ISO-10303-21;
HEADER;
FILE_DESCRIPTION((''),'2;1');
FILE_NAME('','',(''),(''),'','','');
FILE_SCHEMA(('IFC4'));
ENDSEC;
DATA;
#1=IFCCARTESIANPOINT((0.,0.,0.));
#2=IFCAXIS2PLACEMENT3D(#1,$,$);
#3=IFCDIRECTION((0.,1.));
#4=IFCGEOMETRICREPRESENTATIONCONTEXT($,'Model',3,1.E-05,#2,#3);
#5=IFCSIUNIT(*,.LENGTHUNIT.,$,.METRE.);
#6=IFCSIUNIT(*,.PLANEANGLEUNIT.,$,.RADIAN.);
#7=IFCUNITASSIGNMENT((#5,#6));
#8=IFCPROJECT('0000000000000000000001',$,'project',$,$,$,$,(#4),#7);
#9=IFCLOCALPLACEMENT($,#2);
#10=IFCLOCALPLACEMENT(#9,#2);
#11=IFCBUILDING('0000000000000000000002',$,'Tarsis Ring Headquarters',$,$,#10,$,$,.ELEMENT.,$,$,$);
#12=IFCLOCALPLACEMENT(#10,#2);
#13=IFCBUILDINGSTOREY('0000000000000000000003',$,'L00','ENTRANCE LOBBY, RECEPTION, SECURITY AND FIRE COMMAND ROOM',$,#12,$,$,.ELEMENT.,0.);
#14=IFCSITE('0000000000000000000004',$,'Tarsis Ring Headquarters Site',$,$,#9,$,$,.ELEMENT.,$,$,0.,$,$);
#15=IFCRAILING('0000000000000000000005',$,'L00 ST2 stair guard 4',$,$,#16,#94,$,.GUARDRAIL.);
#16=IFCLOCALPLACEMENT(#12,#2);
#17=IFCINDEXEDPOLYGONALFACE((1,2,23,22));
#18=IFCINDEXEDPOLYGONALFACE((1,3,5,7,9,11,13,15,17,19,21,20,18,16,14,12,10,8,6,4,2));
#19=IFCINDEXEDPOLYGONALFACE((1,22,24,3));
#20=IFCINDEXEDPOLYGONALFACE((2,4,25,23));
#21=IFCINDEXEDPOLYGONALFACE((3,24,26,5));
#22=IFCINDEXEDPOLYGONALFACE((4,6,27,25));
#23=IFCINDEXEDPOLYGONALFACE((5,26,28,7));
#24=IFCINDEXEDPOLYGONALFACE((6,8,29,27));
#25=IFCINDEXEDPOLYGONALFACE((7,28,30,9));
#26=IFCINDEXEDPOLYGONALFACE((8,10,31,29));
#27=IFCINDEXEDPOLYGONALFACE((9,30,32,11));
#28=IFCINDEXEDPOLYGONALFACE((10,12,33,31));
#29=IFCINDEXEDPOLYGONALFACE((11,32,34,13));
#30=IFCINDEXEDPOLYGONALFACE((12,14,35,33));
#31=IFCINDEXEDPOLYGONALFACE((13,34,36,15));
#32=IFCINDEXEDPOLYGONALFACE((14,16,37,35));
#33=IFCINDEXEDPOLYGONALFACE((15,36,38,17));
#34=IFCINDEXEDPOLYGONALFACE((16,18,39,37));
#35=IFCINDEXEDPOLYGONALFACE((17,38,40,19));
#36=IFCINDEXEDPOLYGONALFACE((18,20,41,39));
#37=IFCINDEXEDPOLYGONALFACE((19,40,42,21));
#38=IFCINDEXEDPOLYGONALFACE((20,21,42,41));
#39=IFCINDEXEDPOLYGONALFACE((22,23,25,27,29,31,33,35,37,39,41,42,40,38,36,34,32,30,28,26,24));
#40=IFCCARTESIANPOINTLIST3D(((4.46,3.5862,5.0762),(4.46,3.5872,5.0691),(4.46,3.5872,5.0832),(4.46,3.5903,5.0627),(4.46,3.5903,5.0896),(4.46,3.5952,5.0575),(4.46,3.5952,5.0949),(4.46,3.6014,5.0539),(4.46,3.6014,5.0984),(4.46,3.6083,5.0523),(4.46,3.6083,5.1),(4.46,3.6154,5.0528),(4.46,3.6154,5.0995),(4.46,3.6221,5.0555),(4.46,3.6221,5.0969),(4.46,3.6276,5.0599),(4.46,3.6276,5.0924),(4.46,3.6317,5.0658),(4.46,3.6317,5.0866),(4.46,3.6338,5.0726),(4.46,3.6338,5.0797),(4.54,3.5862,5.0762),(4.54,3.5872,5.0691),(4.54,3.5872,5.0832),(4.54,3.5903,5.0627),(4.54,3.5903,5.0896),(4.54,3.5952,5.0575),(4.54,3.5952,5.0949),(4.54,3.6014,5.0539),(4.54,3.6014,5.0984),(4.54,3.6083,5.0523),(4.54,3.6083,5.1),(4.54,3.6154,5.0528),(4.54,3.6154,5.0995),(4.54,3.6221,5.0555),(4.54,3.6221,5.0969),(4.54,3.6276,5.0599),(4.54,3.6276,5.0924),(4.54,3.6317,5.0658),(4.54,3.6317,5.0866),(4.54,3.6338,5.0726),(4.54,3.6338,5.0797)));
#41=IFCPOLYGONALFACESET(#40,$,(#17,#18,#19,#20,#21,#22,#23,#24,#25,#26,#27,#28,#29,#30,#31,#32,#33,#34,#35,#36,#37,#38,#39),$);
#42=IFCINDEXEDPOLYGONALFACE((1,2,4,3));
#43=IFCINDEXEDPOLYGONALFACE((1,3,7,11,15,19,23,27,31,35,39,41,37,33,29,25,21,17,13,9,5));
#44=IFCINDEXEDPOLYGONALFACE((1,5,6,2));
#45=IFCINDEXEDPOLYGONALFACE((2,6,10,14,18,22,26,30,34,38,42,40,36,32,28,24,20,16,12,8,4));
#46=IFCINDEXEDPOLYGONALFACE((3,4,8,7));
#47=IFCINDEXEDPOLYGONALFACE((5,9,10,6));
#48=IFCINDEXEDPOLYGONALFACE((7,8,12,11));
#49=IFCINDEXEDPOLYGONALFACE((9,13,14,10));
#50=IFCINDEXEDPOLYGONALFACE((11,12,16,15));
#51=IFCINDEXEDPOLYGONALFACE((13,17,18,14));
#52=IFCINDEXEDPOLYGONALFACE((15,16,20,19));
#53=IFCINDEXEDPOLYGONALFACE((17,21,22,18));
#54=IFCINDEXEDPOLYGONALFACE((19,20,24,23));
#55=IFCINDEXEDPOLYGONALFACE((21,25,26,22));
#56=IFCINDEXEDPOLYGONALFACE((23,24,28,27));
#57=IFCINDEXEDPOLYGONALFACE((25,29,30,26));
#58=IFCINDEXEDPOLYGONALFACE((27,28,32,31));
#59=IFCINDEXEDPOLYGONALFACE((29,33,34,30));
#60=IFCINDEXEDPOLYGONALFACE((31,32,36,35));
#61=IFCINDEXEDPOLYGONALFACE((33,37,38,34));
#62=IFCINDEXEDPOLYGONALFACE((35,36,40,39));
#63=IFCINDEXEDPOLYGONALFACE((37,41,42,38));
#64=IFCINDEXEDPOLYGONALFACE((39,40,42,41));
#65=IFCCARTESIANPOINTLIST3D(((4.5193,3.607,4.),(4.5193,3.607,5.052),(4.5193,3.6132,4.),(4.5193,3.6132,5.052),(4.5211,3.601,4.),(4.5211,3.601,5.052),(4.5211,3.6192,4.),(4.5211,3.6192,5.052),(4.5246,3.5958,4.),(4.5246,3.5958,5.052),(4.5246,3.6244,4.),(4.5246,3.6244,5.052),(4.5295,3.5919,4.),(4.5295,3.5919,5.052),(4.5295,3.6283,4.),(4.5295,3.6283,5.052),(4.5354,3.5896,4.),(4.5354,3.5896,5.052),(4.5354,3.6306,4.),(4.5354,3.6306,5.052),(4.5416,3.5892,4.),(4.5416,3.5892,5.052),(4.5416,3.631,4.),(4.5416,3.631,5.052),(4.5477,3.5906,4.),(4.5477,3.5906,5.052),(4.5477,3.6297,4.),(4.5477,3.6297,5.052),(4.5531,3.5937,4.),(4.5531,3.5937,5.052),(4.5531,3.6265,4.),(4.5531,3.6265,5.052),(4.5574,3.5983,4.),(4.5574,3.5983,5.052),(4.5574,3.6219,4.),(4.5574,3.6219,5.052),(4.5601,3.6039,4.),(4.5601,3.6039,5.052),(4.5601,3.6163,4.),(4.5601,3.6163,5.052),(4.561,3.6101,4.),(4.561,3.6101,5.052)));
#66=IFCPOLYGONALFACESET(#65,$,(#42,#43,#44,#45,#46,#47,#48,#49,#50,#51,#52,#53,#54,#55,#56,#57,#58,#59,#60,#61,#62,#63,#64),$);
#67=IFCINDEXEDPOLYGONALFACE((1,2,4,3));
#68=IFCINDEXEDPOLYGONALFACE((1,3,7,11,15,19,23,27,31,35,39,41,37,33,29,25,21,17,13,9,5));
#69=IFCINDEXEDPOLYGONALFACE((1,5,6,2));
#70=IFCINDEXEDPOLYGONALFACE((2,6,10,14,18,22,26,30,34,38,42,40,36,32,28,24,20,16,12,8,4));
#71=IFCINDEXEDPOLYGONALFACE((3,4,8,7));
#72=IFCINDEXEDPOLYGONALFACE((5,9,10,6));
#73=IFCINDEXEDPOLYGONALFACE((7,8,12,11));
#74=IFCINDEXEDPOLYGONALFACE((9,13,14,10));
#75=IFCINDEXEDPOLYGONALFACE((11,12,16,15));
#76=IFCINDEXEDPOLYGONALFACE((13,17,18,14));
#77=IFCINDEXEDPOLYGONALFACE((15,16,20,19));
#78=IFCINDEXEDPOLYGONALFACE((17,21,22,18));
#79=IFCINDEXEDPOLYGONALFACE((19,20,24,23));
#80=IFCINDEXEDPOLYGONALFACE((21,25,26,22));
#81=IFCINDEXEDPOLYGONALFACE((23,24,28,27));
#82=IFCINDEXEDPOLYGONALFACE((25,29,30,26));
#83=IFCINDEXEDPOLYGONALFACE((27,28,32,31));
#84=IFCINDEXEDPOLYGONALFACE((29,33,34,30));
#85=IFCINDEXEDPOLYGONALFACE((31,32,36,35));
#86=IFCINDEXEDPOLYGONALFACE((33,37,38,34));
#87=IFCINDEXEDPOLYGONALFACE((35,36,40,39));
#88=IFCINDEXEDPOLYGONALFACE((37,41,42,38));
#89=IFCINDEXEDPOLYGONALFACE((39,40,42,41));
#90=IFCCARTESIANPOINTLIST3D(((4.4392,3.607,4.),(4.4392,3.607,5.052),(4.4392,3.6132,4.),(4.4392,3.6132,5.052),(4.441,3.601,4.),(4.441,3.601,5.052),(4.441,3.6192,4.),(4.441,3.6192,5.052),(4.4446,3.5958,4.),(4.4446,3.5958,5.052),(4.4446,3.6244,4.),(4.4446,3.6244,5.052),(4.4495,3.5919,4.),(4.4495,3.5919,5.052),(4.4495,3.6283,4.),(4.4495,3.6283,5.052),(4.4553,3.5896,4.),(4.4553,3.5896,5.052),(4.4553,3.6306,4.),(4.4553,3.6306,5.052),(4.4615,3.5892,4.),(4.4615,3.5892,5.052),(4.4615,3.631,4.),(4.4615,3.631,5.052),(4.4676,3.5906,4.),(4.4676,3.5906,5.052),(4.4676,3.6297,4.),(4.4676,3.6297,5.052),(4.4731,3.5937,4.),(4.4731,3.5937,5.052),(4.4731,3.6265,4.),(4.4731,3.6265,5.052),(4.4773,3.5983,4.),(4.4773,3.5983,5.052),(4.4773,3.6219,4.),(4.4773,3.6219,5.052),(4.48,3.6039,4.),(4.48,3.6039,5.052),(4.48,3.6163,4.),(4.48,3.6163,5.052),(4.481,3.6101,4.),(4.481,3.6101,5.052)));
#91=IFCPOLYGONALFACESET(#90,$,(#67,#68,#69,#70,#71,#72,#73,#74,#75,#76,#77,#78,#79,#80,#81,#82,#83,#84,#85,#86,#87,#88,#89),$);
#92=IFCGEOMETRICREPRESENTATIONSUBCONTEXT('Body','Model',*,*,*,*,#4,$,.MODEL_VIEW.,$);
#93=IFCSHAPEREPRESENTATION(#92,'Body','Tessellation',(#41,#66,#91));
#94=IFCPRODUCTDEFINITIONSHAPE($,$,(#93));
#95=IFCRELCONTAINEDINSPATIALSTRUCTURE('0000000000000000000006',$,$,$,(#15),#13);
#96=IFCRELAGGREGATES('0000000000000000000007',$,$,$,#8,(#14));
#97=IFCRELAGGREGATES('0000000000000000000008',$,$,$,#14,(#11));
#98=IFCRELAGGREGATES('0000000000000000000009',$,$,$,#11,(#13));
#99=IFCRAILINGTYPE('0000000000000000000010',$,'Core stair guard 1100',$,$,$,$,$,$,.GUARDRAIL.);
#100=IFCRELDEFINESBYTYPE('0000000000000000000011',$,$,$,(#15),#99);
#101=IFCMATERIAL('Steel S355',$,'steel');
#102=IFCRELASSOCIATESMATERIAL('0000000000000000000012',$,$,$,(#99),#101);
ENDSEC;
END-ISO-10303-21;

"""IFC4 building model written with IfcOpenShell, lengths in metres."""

from ifc_helpers import new_model, si_unit, direction, frame, origin, origin_2d, place, context, subcontext, project, spatial, circle, extrude, material, type_object, element, save


model = new_model("IFC4")

# Units and contexts
model_context = context("Model", 3, precision=1e-05, world=origin(), true_north=direction((0.0, 1.0)))
body_context = subcontext(model_context, "Body", "Model", "MODEL_VIEW")
ifc_project = project(units=[si_unit("LENGTHUNIT", "METRE"), si_unit("PLANEANGLEUNIT", "RADIAN")], contexts=[model_context])

# Site, building, storey
site_placement = place(None, origin())
site = spatial("IfcSite", under=ifc_project, at=site_placement, Name="Tarsis Ring Headquarters Site", CompositionType="ELEMENT", RefElevation=0.0)
building_placement = place(site_placement, origin())
building = spatial("IfcBuilding", under=site, at=building_placement, Name="Tarsis Ring Headquarters", CompositionType="ELEMENT")
storey_placement = place(building_placement, origin())
storey = spatial("IfcBuildingStorey", under=building, at=storey_placement, Name="L00", Description="ENTRANCE LOBBY, RECEPTION, SECURITY AND FIRE COMMAND ROOM", CompositionType="ELEMENT", Elevation=0.0)

# Railing
ifc_material_1 = material(Name="Steel S355", Category="steel")
railing_type_1 = type_object("IfcRailingType", Name="Core stair guard 1100", PredefinedType="GUARDRAIL", material=ifc_material_1)
railing_1_placement = place(storey_placement, frame((4.54, 3.6101, 4.0)))
element("IfcRailing", 1, at=railing_1_placement, inside=storey, type_object=railing_type_1, Name="L00 ST2 stair guard 4", PredefinedType="GUARDRAIL", context=body_context, shape_type="SweptSolid", body=[
    extrude(circle(Radius=0.0239, at=origin_2d()), frame((0.0, 0.0, 1.0762), z_axis=(-1.0, 0.0, 0.0), x_axis=(0.0, -1.0, 0.0)), (0.0, 0.0, 1.0), 0.0801),
    extrude(circle(Radius=0.021, at=origin_2d()), origin(), (0.0, 0.0, 1.0), 1.052),
    extrude(circle(Radius=0.021, at=origin_2d()), frame((-0.0801, 0.0, 0.0)), (0.0, 0.0, 1.0), 1.052),
])

save(model, "model.ifc")
